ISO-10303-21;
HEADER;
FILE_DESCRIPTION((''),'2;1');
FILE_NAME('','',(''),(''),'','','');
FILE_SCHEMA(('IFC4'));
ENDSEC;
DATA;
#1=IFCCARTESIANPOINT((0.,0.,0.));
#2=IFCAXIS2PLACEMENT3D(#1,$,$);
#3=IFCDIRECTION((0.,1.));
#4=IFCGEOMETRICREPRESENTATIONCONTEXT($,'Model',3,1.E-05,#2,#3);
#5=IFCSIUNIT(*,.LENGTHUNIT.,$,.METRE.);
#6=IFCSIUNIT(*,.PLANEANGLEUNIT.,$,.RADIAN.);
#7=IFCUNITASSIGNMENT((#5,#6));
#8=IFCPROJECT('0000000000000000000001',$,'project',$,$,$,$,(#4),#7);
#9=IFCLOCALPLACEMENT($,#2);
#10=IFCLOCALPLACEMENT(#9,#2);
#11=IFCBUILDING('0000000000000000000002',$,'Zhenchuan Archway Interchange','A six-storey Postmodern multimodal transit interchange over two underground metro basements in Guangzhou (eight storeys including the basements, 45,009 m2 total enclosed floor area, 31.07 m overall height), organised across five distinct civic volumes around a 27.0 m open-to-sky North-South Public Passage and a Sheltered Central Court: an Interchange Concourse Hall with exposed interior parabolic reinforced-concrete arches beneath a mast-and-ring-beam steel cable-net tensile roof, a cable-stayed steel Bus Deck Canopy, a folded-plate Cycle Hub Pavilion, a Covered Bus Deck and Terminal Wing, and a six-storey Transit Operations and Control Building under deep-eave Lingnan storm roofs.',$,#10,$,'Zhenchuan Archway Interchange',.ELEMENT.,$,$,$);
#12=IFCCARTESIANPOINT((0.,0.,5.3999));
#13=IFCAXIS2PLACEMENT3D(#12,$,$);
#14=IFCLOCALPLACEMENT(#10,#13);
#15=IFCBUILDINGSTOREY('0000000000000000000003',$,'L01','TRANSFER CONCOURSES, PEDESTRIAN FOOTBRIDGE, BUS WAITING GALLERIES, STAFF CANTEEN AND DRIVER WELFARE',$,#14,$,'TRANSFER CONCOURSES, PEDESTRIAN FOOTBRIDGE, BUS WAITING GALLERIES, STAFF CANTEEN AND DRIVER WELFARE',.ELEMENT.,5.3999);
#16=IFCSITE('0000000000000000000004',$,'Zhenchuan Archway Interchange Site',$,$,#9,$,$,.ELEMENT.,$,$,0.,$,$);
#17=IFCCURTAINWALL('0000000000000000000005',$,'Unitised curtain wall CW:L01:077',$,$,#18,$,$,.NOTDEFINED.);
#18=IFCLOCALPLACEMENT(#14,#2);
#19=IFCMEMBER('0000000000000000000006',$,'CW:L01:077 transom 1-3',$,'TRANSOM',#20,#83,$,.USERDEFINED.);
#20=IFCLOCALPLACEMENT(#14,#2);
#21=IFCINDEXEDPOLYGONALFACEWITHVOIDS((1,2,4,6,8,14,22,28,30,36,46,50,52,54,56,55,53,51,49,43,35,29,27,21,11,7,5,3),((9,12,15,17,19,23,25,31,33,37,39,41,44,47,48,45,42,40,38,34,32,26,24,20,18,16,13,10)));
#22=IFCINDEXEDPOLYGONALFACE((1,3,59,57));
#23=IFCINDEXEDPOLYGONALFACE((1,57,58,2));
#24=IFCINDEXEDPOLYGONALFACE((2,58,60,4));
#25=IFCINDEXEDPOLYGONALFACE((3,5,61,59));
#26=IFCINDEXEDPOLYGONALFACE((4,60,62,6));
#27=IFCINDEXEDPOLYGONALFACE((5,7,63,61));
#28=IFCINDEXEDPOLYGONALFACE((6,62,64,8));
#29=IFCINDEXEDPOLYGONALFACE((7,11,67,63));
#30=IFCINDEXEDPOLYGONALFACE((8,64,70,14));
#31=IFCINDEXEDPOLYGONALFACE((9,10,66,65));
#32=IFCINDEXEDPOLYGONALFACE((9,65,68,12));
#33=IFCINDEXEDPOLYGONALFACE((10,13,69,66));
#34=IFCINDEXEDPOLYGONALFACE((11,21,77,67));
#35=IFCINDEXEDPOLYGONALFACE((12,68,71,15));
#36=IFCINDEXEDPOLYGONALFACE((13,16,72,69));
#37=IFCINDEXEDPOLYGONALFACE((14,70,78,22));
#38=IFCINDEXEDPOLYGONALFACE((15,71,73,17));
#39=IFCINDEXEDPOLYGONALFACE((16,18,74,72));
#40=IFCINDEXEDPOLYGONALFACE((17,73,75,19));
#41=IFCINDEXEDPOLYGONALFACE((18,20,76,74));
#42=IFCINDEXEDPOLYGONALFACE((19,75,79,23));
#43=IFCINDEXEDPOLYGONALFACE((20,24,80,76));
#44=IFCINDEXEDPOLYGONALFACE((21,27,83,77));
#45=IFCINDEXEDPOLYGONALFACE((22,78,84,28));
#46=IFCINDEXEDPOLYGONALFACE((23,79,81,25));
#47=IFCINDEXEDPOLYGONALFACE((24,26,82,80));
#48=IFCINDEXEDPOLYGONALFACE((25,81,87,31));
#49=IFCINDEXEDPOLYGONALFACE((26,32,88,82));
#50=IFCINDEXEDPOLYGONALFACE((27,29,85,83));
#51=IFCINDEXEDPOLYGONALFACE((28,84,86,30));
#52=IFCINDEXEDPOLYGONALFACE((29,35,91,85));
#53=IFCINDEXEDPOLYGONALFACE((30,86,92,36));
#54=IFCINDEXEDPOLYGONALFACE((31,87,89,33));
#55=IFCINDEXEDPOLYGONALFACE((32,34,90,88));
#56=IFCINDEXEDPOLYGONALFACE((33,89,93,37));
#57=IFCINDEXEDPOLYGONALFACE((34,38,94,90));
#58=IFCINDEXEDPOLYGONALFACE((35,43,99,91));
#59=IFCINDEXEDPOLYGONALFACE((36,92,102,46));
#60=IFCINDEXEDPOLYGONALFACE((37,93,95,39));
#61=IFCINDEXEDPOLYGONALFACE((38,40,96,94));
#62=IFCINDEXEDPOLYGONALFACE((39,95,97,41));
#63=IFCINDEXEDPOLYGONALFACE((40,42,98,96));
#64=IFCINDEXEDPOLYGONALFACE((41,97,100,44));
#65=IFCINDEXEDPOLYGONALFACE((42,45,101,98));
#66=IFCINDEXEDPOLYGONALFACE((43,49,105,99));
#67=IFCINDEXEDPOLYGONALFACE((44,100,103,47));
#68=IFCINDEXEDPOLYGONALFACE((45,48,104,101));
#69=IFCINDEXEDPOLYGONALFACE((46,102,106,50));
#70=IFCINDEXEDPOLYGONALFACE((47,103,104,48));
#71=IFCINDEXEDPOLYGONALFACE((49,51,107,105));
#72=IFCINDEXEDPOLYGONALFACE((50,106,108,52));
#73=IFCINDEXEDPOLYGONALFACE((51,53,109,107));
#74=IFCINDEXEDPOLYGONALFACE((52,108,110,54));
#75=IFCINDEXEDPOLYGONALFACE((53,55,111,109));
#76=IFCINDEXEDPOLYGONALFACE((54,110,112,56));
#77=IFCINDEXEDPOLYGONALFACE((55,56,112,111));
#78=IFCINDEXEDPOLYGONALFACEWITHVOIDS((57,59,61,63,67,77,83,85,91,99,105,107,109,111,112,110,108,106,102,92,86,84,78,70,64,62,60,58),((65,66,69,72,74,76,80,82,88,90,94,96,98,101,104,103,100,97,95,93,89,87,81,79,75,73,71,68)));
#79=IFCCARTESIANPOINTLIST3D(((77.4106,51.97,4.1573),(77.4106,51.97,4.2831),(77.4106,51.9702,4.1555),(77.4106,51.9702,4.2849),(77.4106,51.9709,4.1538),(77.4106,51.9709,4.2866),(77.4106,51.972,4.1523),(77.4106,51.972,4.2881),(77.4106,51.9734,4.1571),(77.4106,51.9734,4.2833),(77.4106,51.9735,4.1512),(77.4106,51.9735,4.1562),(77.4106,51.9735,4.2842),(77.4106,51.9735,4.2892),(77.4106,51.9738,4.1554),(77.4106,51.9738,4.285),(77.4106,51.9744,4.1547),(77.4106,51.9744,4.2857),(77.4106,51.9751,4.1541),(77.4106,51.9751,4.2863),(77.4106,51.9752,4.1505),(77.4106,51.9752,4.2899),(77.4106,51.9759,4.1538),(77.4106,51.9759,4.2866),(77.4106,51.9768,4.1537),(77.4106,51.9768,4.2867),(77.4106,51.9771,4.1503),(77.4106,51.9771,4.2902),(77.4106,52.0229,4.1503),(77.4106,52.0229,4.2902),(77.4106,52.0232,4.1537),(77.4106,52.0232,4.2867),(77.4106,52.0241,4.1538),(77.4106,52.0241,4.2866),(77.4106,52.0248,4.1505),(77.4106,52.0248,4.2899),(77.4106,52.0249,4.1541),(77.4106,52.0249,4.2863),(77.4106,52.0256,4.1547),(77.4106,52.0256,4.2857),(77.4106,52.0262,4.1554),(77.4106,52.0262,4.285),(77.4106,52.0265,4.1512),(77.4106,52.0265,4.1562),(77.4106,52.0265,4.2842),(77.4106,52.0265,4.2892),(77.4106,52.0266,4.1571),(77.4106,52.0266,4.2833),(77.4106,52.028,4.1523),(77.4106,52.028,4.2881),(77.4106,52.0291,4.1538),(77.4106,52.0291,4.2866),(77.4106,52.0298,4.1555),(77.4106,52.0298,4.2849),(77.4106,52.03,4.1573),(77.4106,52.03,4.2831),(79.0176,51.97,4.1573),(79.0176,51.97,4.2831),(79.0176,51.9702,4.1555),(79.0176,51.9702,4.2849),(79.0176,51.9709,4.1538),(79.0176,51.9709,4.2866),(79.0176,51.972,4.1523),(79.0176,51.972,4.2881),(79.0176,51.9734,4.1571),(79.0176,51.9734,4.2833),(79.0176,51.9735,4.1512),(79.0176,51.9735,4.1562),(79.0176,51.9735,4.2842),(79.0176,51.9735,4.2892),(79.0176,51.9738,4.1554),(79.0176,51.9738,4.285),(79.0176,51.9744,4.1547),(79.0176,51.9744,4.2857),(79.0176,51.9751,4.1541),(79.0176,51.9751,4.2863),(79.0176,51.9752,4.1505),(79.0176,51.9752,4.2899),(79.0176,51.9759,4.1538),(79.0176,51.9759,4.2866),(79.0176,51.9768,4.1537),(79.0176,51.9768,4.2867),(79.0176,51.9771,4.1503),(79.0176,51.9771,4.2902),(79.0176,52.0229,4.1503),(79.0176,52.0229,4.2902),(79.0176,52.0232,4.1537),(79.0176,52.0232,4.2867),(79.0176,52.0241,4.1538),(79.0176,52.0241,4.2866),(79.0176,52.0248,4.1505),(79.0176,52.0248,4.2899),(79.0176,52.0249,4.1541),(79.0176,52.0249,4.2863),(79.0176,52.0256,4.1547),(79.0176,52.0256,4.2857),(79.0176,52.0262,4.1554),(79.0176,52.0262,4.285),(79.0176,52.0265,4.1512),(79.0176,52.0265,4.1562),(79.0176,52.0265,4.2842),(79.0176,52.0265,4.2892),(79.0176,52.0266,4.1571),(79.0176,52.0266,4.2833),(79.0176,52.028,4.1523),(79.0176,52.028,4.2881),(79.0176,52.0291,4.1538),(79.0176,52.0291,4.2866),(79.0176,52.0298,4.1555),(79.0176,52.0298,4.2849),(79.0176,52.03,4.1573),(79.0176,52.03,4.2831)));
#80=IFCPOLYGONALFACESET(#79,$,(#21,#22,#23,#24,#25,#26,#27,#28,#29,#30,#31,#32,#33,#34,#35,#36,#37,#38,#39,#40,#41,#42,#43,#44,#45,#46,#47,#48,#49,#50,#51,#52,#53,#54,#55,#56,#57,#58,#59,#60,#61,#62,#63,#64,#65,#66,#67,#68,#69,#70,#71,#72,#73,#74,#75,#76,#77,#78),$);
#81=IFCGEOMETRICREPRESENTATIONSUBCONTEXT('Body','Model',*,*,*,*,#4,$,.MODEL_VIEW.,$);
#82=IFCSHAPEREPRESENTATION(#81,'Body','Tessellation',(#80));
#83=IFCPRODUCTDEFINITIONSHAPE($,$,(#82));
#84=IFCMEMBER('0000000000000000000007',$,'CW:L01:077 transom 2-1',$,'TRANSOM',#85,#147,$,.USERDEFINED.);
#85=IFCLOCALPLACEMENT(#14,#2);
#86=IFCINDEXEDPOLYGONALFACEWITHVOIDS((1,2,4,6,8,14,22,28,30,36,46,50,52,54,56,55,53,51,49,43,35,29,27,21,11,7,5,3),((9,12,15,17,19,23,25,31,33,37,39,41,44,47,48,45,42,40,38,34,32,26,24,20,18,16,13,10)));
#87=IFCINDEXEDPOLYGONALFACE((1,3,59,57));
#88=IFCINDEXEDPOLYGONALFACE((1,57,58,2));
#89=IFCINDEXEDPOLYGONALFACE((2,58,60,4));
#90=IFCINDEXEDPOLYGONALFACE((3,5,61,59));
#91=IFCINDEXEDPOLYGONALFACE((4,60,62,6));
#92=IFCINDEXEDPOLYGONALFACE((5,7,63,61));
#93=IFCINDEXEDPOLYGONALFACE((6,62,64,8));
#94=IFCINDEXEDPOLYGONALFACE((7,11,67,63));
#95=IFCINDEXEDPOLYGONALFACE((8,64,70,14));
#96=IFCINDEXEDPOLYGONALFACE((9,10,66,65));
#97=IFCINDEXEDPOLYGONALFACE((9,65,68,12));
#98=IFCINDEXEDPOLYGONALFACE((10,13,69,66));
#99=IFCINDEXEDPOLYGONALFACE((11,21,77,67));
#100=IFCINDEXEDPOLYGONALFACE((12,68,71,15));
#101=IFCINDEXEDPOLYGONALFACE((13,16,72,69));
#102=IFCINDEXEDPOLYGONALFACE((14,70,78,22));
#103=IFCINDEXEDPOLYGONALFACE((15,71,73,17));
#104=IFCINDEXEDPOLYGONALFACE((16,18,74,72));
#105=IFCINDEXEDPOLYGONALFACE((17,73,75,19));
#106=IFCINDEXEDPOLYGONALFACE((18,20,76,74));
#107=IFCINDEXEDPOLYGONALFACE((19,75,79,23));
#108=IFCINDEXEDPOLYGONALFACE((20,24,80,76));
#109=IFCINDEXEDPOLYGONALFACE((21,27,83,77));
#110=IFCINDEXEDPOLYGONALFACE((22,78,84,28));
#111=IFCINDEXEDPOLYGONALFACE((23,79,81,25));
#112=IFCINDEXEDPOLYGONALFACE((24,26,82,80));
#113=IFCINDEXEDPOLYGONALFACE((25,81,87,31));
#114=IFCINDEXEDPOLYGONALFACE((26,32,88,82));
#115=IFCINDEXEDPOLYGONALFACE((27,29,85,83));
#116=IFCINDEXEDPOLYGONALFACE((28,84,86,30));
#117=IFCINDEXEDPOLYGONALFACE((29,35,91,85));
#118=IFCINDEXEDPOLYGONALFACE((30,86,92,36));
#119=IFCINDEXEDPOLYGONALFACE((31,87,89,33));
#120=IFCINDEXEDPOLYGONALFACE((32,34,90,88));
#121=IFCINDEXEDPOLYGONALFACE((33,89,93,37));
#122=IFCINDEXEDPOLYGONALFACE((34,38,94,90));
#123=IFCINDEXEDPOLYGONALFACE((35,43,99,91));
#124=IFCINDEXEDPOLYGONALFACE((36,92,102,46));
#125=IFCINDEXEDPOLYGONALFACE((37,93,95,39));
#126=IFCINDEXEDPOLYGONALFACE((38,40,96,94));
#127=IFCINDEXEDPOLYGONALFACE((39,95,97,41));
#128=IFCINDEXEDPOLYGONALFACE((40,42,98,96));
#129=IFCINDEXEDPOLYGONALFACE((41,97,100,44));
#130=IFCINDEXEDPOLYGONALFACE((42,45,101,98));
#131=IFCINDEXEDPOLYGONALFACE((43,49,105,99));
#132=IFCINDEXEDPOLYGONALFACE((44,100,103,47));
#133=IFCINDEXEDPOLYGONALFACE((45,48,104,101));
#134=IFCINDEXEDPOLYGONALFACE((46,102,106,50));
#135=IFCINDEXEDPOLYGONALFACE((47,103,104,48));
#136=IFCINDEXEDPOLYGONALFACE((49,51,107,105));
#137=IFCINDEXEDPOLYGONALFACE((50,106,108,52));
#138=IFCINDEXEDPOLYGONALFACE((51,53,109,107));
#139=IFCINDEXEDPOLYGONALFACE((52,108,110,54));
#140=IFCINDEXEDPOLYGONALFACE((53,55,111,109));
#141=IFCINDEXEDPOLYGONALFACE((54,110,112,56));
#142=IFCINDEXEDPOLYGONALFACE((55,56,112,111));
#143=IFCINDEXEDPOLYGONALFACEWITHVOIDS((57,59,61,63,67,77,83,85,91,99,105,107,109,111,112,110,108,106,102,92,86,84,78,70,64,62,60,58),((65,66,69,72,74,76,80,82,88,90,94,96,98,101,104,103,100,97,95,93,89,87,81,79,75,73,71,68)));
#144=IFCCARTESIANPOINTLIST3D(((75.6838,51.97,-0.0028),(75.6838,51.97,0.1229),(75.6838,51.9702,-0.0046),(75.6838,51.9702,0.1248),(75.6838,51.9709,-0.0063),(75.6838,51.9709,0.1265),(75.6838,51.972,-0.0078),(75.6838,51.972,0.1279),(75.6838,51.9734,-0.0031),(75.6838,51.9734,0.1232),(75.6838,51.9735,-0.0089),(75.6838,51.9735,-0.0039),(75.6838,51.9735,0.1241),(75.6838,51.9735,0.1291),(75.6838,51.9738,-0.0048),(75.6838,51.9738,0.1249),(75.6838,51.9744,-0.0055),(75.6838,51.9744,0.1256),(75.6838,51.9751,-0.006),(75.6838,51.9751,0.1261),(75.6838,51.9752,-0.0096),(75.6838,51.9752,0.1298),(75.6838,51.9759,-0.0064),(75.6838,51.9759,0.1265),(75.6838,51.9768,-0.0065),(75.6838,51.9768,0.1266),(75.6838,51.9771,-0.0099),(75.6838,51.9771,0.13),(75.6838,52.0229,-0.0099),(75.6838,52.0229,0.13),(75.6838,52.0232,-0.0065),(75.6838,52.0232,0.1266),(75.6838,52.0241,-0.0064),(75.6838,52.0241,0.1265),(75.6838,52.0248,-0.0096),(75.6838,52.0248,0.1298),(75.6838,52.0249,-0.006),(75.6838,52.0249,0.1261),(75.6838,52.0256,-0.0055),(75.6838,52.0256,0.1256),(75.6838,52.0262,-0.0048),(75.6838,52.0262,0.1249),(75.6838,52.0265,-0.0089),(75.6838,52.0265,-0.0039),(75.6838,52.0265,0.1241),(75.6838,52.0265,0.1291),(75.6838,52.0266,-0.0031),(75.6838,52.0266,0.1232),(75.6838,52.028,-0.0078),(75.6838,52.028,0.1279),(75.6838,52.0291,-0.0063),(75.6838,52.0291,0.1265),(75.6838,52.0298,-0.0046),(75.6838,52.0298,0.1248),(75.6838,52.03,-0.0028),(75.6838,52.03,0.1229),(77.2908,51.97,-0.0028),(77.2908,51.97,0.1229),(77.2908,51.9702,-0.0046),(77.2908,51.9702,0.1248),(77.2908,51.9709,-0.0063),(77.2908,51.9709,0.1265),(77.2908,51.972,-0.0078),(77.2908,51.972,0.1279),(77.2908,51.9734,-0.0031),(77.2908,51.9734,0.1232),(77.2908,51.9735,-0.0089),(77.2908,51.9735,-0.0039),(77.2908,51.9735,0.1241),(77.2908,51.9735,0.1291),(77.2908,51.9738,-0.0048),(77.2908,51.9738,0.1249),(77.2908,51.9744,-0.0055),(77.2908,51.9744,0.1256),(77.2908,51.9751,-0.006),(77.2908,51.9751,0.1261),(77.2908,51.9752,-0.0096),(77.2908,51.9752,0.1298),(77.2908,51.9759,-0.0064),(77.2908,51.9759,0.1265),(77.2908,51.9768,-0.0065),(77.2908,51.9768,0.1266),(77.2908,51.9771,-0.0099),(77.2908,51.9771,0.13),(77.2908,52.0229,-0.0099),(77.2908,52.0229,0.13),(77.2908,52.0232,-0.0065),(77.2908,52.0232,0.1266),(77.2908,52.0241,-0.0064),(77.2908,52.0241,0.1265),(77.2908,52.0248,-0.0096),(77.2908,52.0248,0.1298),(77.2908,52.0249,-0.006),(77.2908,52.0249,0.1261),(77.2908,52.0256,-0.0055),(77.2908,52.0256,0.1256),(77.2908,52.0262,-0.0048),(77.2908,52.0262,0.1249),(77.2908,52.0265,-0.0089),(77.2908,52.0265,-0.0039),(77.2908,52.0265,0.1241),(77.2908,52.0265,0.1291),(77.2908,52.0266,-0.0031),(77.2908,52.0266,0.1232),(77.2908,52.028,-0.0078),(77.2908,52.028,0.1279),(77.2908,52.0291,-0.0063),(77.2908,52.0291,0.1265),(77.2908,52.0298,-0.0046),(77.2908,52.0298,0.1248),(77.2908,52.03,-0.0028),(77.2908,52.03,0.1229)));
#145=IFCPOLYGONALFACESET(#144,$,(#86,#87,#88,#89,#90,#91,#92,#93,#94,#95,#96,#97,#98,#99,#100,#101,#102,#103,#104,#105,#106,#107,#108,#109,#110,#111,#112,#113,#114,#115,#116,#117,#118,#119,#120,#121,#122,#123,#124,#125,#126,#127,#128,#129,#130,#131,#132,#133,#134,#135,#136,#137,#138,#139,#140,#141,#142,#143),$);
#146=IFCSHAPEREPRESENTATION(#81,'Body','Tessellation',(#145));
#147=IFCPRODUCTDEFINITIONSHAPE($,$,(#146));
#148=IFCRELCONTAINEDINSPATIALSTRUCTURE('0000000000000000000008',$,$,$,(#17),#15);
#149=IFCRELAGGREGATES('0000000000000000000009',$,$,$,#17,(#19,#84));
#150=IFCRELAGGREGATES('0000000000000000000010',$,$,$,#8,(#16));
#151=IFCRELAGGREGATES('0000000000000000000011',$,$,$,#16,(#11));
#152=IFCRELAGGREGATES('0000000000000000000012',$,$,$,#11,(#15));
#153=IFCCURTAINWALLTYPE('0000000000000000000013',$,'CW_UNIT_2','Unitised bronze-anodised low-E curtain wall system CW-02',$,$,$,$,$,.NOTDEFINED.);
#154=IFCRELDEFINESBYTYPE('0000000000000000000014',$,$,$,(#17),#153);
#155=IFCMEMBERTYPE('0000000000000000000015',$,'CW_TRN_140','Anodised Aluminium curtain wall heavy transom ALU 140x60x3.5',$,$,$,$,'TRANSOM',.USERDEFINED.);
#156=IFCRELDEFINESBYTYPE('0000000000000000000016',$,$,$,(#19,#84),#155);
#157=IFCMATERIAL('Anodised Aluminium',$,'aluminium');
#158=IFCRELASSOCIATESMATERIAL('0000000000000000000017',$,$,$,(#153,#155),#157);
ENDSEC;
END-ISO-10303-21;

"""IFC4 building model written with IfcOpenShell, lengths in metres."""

from ifc_helpers import new_model, si_unit, direction, frame, origin, origin_2d, place, context, subcontext, project, spatial, hollow_rectangle, extrude, material, material_profile, profile_set, type_object, element, aggregate, save


model = new_model("IFC4")

# Units and contexts
model_context = context("Model", 3, precision=1e-05, world=origin(), true_north=direction((0.0, 1.0)))
body_context = subcontext(model_context, "Body", "Model", "MODEL_VIEW")
ifc_project = project(units=[si_unit("LENGTHUNIT", "METRE"), si_unit("PLANEANGLEUNIT", "RADIAN")], contexts=[model_context])

# Site, building, storey
site_placement = place(None, origin())
site = spatial("IfcSite", under=ifc_project, at=site_placement, Name="Zhenchuan Archway Interchange Site", CompositionType="ELEMENT", RefElevation=0.0)
building_placement = place(site_placement, origin())
building = spatial("IfcBuilding", under=site, at=building_placement, Name="Zhenchuan Archway Interchange", Description="A six-storey Postmodern multimodal transit interchange over two underground metro basements in Guangzhou (eight storeys including the basements, 45,009 m2 total enclosed floor area, 31.07 m overall height), organised across five distinct civic volumes around a 27.0 m open-to-sky North-South Public Passage and a Sheltered Central Court: an Interchange Concourse Hall with exposed interior parabolic reinforced-concrete arches beneath a mast-and-ring-beam steel cable-net tensile roof, a cable-stayed steel Bus Deck Canopy, a folded-plate Cycle Hub Pavilion, a Covered Bus Deck and Terminal Wing, and a six-storey Transit Operations and Control Building under deep-eave Lingnan storm roofs.", LongName="Zhenchuan Archway Interchange", CompositionType="ELEMENT")
storey_placement = place(building_placement, frame((0.0, 0.0, 5.3999)))
storey = spatial("IfcBuildingStorey", under=building, at=storey_placement, Name="L01", Description="TRANSFER CONCOURSES, PEDESTRIAN FOOTBRIDGE, BUS WAITING GALLERIES, STAFF CANTEEN AND DRIVER WELFARE", LongName="TRANSFER CONCOURSES, PEDESTRIAN FOOTBRIDGE, BUS WAITING GALLERIES, STAFF CANTEEN AND DRIVER WELFARE", CompositionType="ELEMENT", Elevation=5.3999)

# Shared definitions
ifc_material_1 = material(Name="Anodised Aluminium", Category="aluminium")

# Curtain wall, members
curtain_wall_type_1 = type_object("IfcCurtainWallType", Name="CW_UNIT_2", Description="Unitised bronze-anodised low-E curtain wall system CW-02", PredefinedType="NOTDEFINED", material=ifc_material_1)
curtain_wall_1_placement = place(storey_placement, origin())
curtain_wall_1 = element("IfcCurtainWall", 1, at=curtain_wall_1_placement, inside=storey, type_object=curtain_wall_type_1, Name="Unitised curtain wall CW:L01:077", PredefinedType="NOTDEFINED")
ifc_material_profile_1 = material_profile(ifc_material_1, hollow_rectangle(XDim=0.0601, YDim=0.1399, WallThickness=0.0034, InnerFilletRadius=0.0034, OuterFilletRadius=0.0071, at=origin_2d()), Name="ALU 140x60x3.5")
ifc_profile_set_1 = profile_set([ifc_material_profile_1], Name="Anodised Aluminium")
member_type_1 = type_object("IfcMemberType", Name="CW_TRN_140", Description="Anodised Aluminium curtain wall heavy transom ALU 140x60x3.5", ElementType="TRANSOM", PredefinedType="USERDEFINED", material=ifc_profile_set_1)
member_1_placement = place(storey_placement, frame((79.0176, 52.0, 4.2202), z_axis=(-1.0, 0.0, 0.0), x_axis=(0.0, -1.0, 0.0)))
member_1 = element("IfcMember", 2, at=member_1_placement, type_object=member_type_1, Name="CW:L01:077 transom 1-3", ObjectType="TRANSOM", PredefinedType="USERDEFINED", context=body_context, shape_type="SweptSolid", body=[
    extrude(hollow_rectangle(XDim=0.0601, YDim=0.1399, WallThickness=0.0034, InnerFilletRadius=0.0034, OuterFilletRadius=0.0071, at=origin_2d()), origin(), (0.0, 0.0, 1.0), 1.6069),
])
member_2_placement = place(storey_placement, frame((77.2908, 52.0, 0.0601), z_axis=(-1.0, 0.0, 0.0), x_axis=(0.0, -1.0, 0.0)))
member_2 = element("IfcMember", 3, at=member_2_placement, type_object=member_type_1, Name="CW:L01:077 transom 2-1", ObjectType="TRANSOM", PredefinedType="USERDEFINED", context=body_context, shape_type="SweptSolid", body=[
    extrude(hollow_rectangle(XDim=0.0601, YDim=0.1399, WallThickness=0.0034, InnerFilletRadius=0.0034, OuterFilletRadius=0.0071, at=origin_2d()), origin(), (0.0, 0.0, 1.0), 1.6069),
])
aggregate(curtain_wall_1, [member_1, member_2])

save(model, "model.ifc")
